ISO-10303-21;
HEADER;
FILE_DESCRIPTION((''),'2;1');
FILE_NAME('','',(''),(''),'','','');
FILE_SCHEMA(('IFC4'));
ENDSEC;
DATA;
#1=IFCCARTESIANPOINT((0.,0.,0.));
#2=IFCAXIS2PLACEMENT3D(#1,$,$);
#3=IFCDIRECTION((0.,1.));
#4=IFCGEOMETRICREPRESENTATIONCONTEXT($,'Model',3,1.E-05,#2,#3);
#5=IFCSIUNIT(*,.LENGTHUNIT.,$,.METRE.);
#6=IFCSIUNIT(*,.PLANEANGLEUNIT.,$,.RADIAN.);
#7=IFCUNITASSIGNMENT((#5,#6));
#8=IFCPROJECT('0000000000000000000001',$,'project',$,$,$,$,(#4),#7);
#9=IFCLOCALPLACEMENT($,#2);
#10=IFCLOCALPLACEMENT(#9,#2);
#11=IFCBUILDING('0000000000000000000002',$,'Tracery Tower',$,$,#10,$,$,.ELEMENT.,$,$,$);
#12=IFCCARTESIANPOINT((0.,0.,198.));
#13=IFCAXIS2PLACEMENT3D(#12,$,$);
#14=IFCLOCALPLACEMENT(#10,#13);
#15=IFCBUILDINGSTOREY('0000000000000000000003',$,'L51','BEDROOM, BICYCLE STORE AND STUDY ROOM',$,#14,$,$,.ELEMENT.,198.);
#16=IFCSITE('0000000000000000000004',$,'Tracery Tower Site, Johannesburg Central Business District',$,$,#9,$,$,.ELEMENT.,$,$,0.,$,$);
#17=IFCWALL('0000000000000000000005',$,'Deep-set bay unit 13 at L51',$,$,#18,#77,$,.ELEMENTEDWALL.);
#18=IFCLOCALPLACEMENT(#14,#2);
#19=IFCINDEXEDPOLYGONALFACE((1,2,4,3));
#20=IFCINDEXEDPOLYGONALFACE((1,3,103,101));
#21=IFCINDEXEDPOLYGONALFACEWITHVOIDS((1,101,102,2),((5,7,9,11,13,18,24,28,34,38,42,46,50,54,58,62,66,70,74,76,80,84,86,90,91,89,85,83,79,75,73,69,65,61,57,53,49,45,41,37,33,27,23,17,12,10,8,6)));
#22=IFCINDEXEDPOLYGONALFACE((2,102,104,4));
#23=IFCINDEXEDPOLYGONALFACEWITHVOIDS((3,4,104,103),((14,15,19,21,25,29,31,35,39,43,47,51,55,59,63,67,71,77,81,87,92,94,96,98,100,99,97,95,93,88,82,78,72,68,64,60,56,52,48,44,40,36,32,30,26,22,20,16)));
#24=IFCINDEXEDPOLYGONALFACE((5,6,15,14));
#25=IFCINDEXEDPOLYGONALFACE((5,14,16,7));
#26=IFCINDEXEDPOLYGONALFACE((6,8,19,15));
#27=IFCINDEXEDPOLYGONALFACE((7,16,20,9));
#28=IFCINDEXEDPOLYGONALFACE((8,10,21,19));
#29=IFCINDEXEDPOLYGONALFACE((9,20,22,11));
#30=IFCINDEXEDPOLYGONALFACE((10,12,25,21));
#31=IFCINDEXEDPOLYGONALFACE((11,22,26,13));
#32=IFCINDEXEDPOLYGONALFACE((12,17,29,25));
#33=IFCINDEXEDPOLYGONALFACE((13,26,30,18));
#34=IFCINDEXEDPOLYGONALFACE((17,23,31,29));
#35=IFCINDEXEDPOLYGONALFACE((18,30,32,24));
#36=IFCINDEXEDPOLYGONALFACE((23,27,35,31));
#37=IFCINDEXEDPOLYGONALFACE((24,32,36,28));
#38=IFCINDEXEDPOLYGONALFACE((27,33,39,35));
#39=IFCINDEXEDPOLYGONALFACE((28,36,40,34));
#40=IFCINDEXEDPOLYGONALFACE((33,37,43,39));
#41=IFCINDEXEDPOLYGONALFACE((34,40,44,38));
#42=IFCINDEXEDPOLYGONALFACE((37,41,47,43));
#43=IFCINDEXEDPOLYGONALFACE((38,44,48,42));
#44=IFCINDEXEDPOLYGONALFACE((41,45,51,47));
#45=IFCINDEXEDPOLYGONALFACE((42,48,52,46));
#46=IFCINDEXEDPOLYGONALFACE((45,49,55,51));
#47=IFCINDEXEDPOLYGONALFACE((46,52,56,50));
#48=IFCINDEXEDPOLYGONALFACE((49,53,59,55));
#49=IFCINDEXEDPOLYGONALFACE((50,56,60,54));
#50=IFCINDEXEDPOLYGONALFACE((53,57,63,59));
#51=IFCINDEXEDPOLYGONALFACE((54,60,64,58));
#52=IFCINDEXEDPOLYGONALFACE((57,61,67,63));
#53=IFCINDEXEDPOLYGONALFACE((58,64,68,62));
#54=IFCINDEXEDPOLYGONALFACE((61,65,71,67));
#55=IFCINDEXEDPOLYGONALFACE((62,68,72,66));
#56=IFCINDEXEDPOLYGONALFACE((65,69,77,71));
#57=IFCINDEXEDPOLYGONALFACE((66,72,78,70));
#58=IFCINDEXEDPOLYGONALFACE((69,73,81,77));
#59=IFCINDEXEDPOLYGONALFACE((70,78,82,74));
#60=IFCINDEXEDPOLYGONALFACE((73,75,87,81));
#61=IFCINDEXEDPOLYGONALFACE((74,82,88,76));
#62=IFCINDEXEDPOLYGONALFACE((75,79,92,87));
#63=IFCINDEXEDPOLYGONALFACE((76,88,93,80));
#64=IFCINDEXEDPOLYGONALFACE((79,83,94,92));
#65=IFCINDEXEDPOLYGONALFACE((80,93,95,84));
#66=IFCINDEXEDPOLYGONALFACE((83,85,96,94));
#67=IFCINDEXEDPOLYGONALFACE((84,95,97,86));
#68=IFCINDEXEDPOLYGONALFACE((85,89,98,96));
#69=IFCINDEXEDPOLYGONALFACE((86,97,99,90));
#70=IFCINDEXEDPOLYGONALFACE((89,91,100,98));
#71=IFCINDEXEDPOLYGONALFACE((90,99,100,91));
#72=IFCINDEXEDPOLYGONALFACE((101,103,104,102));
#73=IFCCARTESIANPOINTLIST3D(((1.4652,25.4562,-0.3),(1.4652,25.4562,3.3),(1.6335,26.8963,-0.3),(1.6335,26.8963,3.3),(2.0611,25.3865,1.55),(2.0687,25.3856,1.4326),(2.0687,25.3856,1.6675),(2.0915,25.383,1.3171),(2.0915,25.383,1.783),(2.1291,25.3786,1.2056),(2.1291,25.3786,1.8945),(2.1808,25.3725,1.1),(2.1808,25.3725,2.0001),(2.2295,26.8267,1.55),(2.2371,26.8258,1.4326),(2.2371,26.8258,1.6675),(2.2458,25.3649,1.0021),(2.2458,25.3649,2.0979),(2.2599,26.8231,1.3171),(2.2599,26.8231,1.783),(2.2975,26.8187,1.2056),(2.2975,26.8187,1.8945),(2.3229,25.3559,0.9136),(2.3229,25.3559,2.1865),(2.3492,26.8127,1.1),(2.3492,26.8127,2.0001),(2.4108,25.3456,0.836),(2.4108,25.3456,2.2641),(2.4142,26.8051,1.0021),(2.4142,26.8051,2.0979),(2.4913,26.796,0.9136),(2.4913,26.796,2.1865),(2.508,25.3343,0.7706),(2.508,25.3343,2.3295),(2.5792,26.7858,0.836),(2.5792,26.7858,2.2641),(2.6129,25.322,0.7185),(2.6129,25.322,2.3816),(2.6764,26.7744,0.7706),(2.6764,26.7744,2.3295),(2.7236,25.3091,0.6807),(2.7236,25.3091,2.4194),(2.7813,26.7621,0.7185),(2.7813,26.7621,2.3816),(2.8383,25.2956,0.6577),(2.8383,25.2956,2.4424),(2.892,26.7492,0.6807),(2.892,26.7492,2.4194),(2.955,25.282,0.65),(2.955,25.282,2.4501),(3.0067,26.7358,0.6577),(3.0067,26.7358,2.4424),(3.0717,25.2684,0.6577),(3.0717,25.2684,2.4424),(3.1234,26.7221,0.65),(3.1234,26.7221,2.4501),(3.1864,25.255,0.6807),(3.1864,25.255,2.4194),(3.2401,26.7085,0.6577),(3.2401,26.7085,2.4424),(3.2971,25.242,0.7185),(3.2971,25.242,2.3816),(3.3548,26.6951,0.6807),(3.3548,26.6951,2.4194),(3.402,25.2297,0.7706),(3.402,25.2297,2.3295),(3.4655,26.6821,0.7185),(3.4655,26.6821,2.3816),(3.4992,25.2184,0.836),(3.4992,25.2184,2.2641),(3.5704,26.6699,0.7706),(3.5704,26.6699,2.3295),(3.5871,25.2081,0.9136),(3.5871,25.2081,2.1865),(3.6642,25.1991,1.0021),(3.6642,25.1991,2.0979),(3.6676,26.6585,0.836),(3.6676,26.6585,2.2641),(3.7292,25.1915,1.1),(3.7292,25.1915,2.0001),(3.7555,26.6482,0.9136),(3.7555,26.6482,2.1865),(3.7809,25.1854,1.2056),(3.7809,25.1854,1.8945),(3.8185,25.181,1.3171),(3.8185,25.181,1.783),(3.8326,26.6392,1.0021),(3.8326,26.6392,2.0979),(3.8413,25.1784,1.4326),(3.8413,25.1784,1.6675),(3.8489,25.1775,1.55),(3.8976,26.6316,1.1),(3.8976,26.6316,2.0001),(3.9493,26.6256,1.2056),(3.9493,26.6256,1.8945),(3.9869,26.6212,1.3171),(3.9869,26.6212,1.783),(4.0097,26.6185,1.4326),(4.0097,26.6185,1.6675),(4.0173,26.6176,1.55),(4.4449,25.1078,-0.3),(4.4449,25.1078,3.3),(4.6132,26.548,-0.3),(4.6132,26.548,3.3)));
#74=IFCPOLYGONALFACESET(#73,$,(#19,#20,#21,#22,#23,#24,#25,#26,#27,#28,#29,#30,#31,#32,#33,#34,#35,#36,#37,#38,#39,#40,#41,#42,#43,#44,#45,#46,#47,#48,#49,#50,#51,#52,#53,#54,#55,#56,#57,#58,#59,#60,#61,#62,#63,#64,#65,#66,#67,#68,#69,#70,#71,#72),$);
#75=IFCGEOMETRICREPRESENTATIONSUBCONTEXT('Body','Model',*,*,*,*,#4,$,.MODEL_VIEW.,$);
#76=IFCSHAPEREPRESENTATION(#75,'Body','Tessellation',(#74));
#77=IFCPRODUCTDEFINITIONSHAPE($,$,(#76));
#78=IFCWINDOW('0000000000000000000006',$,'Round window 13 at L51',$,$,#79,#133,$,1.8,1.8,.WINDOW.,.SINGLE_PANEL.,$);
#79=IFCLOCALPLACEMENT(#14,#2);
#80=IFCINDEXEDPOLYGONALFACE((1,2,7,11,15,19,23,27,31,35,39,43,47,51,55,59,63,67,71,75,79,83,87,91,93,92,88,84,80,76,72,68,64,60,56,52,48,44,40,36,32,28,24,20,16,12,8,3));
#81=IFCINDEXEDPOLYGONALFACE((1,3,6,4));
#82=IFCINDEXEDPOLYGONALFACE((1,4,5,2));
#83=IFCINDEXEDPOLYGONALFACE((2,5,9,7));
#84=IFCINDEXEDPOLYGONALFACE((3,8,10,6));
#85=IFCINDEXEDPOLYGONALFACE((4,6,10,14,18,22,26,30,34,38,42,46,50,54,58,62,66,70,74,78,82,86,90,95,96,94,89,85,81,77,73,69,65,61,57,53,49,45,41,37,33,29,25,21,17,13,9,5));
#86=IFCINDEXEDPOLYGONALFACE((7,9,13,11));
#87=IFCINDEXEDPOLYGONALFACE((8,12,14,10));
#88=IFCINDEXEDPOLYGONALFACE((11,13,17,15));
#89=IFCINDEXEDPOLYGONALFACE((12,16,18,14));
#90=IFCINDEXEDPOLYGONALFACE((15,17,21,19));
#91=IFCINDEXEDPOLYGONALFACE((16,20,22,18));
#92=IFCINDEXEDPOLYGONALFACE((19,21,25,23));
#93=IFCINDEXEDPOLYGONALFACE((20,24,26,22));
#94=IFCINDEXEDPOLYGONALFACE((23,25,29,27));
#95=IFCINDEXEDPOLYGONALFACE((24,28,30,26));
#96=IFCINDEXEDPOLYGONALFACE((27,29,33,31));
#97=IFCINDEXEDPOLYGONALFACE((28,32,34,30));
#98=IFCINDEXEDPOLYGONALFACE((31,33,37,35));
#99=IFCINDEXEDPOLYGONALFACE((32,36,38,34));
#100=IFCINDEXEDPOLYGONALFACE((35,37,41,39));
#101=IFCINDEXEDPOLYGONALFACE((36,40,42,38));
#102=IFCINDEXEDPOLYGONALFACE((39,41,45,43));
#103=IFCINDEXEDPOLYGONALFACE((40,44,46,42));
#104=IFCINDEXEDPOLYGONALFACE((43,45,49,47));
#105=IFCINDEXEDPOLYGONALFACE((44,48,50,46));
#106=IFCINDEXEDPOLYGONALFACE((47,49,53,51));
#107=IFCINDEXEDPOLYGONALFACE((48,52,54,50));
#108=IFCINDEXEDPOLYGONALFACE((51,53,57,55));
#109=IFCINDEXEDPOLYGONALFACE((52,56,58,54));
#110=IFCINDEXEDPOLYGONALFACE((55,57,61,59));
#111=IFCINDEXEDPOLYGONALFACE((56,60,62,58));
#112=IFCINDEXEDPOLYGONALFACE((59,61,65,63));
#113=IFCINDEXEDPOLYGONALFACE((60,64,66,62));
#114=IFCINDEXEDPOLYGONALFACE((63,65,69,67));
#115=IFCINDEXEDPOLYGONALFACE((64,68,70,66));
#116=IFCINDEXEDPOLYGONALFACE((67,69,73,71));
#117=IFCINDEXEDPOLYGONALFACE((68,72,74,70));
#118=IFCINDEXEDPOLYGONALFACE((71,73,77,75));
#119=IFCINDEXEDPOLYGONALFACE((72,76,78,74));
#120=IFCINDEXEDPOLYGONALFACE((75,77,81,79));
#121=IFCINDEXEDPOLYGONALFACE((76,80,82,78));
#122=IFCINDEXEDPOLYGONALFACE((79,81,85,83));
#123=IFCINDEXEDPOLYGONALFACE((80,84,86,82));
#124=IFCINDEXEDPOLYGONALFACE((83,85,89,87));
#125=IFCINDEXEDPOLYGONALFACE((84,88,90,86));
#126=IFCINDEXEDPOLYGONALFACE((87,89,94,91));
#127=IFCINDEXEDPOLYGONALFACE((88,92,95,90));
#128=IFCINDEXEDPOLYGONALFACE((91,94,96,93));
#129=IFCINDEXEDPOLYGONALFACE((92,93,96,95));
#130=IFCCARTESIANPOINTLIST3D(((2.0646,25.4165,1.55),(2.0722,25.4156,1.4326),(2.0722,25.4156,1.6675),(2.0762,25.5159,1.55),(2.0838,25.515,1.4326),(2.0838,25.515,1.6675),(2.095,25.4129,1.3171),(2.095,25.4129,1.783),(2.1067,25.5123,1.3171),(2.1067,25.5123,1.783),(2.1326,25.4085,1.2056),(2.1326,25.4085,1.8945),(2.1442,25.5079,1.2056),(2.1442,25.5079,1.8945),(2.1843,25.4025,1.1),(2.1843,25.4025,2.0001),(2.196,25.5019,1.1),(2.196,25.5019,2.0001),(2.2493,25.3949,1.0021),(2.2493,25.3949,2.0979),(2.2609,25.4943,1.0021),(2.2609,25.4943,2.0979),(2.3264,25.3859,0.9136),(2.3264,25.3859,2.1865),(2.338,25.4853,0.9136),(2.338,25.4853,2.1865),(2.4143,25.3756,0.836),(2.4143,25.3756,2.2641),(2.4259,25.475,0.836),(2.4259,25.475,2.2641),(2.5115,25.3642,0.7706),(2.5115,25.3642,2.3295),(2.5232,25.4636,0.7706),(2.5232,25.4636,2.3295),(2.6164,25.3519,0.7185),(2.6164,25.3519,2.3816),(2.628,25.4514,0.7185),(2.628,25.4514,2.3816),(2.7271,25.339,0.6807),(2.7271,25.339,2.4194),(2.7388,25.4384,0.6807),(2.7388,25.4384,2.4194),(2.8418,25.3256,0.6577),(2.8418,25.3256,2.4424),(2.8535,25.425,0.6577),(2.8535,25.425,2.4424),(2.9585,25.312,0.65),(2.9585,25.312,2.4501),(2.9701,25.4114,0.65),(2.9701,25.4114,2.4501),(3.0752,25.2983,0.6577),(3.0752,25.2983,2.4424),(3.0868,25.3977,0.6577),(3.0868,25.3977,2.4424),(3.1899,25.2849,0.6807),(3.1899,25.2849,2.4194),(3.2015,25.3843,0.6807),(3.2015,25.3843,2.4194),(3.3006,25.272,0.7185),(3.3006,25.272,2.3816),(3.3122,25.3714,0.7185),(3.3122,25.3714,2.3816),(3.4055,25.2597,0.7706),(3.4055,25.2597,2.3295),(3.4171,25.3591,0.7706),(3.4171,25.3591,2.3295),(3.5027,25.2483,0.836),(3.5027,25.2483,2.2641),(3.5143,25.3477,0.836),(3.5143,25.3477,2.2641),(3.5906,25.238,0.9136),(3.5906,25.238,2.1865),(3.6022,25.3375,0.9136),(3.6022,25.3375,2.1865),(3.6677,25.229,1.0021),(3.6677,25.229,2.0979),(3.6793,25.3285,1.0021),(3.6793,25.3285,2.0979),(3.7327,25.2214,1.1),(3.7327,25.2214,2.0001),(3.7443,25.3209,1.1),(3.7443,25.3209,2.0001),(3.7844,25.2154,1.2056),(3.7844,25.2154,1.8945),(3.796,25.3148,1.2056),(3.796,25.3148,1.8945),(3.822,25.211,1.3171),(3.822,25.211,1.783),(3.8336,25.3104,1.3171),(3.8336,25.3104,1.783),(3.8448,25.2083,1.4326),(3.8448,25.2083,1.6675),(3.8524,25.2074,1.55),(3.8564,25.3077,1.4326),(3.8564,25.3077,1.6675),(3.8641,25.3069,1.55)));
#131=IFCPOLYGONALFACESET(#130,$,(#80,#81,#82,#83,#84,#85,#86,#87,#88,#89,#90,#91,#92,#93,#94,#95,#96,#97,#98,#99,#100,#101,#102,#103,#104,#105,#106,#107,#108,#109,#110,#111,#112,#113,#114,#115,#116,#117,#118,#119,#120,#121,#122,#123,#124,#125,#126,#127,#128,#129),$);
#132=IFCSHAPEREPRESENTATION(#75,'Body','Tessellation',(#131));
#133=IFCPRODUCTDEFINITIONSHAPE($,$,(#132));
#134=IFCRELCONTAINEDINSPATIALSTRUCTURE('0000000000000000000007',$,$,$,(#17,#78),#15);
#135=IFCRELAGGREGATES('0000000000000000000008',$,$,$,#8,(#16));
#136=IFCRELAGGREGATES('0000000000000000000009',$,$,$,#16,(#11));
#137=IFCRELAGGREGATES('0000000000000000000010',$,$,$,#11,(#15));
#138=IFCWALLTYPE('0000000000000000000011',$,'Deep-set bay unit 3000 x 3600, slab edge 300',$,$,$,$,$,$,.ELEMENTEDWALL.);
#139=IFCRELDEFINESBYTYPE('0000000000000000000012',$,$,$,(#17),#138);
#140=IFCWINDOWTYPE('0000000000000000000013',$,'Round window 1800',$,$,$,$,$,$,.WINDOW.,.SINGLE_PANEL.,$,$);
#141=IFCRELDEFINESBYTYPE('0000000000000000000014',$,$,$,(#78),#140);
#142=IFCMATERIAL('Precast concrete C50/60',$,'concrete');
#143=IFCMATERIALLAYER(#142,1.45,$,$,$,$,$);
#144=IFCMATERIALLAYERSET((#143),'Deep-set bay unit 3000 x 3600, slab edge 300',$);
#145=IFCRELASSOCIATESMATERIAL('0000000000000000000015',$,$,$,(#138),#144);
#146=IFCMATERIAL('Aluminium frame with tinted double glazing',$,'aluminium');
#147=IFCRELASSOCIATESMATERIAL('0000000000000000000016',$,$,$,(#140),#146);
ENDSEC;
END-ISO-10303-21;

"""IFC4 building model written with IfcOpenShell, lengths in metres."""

from ifc_helpers import new_model, si_unit, direction, frame, frame_2d, origin, origin_2d, place, context, subcontext, project, spatial, rectangle, circle, extrude, material, layer, layer_set, type_object, element, fill, save


model = new_model("IFC4")

# Units and contexts
model_context = context("Model", 3, precision=1e-05, world=origin(), true_north=direction((0.0, 1.0)))
body_context = subcontext(model_context, "Body", "Model", "MODEL_VIEW")
ifc_project = project(units=[si_unit("LENGTHUNIT", "METRE"), si_unit("PLANEANGLEUNIT", "RADIAN")], contexts=[model_context])

# Site, building, storey
site_placement = place(None, origin())
site = spatial("IfcSite", under=ifc_project, at=site_placement, Name="Tracery Tower Site, Johannesburg Central Business District", CompositionType="ELEMENT", RefElevation=0.0)
building_placement = place(site_placement, origin())
building = spatial("IfcBuilding", under=site, at=building_placement, Name="Tracery Tower", CompositionType="ELEMENT")
storey_placement = place(building_placement, frame((0.0, 0.0, 198.0)))
storey = spatial("IfcBuildingStorey", under=building, at=storey_placement, Name="L51", Description="BEDROOM, BICYCLE STORE AND STUDY ROOM", CompositionType="ELEMENT", Elevation=198.0)

# Wall, opening, window
ifc_material_1 = material(Name="Precast concrete C50/60", Category="concrete")
ifc_layer_1 = layer(ifc_material_1, 1.45)
ifc_layer_set_1 = layer_set([ifc_layer_1], Name="Deep-set bay unit 3000 x 3600, slab edge 300")
wall_type_1 = type_object("IfcWallType", Name="Deep-set bay unit 3000 x 3600, slab edge 300", PredefinedType="ELEMENTEDWALL", material=ifc_layer_set_1)
wall_1_placement = place(storey_placement, frame((4.5291, 25.8279, -0.3), z_axis=(0.0, 0.0, 1.0), x_axis=(-0.993234, 0.116128, 0.0)))
wall_1 = element("IfcWall", 1, at=wall_1_placement, inside=storey, type_object=wall_type_1, Name="Deep-set bay unit 13 at L51", PredefinedType="ELEMENTEDWALL", context=body_context, shape_type="SweptSolid", body=[
    extrude(rectangle(XDim=3.0, YDim=1.45, at=frame_2d((1.5, 0.0))), origin(), (0.0, 0.0, 1.0), 3.6001),
])
opening_1_placement = place(wall_1_placement, frame((1.5, 0.0, 1.8501)))
opening_1 = element("IfcOpeningElement", 2, at=opening_1_placement, cuts=wall_1, PredefinedType="OPENING", context=body_context, shape_type="SweptSolid", body=[
    extrude(circle(Radius=0.9, at=origin_2d()), frame((0.0, 0.7349, 0.0), z_axis=(0.0, -1.0, 0.0), x_axis=(1.0, 0.0, 0.0)), (0.0, 0.0, 1.0), 1.47),
])
ifc_material_2 = material(Name="Aluminium frame with tinted double glazing", Category="aluminium")
window_type = type_object("IfcWindowType", Name="Round window 1800", PartitioningType="SINGLE_PANEL", PredefinedType="WINDOW", material=ifc_material_2)
window_1_placement = place(opening_1_placement, origin())
window_1 = element("IfcWindow", 3, at=window_1_placement, inside=storey, type_object=window_type, Name="Round window 13 at L51", OverallHeight=1.8, OverallWidth=1.8, PartitioningType="SINGLE_PANEL", PredefinedType="WINDOW", context=body_context, shape_type="SweptSolid", body=[
    extrude(circle(Radius=0.9, at=origin_2d()), frame((0.0, 0.6948, 0.0), z_axis=(0.0, -1.0, 0.0), x_axis=(1.0, 0.0, 0.0)), (0.0, 0.0, 1.0), 0.1001),
])
fill(opening_1, window_1)

save(model, "model.ifc")
